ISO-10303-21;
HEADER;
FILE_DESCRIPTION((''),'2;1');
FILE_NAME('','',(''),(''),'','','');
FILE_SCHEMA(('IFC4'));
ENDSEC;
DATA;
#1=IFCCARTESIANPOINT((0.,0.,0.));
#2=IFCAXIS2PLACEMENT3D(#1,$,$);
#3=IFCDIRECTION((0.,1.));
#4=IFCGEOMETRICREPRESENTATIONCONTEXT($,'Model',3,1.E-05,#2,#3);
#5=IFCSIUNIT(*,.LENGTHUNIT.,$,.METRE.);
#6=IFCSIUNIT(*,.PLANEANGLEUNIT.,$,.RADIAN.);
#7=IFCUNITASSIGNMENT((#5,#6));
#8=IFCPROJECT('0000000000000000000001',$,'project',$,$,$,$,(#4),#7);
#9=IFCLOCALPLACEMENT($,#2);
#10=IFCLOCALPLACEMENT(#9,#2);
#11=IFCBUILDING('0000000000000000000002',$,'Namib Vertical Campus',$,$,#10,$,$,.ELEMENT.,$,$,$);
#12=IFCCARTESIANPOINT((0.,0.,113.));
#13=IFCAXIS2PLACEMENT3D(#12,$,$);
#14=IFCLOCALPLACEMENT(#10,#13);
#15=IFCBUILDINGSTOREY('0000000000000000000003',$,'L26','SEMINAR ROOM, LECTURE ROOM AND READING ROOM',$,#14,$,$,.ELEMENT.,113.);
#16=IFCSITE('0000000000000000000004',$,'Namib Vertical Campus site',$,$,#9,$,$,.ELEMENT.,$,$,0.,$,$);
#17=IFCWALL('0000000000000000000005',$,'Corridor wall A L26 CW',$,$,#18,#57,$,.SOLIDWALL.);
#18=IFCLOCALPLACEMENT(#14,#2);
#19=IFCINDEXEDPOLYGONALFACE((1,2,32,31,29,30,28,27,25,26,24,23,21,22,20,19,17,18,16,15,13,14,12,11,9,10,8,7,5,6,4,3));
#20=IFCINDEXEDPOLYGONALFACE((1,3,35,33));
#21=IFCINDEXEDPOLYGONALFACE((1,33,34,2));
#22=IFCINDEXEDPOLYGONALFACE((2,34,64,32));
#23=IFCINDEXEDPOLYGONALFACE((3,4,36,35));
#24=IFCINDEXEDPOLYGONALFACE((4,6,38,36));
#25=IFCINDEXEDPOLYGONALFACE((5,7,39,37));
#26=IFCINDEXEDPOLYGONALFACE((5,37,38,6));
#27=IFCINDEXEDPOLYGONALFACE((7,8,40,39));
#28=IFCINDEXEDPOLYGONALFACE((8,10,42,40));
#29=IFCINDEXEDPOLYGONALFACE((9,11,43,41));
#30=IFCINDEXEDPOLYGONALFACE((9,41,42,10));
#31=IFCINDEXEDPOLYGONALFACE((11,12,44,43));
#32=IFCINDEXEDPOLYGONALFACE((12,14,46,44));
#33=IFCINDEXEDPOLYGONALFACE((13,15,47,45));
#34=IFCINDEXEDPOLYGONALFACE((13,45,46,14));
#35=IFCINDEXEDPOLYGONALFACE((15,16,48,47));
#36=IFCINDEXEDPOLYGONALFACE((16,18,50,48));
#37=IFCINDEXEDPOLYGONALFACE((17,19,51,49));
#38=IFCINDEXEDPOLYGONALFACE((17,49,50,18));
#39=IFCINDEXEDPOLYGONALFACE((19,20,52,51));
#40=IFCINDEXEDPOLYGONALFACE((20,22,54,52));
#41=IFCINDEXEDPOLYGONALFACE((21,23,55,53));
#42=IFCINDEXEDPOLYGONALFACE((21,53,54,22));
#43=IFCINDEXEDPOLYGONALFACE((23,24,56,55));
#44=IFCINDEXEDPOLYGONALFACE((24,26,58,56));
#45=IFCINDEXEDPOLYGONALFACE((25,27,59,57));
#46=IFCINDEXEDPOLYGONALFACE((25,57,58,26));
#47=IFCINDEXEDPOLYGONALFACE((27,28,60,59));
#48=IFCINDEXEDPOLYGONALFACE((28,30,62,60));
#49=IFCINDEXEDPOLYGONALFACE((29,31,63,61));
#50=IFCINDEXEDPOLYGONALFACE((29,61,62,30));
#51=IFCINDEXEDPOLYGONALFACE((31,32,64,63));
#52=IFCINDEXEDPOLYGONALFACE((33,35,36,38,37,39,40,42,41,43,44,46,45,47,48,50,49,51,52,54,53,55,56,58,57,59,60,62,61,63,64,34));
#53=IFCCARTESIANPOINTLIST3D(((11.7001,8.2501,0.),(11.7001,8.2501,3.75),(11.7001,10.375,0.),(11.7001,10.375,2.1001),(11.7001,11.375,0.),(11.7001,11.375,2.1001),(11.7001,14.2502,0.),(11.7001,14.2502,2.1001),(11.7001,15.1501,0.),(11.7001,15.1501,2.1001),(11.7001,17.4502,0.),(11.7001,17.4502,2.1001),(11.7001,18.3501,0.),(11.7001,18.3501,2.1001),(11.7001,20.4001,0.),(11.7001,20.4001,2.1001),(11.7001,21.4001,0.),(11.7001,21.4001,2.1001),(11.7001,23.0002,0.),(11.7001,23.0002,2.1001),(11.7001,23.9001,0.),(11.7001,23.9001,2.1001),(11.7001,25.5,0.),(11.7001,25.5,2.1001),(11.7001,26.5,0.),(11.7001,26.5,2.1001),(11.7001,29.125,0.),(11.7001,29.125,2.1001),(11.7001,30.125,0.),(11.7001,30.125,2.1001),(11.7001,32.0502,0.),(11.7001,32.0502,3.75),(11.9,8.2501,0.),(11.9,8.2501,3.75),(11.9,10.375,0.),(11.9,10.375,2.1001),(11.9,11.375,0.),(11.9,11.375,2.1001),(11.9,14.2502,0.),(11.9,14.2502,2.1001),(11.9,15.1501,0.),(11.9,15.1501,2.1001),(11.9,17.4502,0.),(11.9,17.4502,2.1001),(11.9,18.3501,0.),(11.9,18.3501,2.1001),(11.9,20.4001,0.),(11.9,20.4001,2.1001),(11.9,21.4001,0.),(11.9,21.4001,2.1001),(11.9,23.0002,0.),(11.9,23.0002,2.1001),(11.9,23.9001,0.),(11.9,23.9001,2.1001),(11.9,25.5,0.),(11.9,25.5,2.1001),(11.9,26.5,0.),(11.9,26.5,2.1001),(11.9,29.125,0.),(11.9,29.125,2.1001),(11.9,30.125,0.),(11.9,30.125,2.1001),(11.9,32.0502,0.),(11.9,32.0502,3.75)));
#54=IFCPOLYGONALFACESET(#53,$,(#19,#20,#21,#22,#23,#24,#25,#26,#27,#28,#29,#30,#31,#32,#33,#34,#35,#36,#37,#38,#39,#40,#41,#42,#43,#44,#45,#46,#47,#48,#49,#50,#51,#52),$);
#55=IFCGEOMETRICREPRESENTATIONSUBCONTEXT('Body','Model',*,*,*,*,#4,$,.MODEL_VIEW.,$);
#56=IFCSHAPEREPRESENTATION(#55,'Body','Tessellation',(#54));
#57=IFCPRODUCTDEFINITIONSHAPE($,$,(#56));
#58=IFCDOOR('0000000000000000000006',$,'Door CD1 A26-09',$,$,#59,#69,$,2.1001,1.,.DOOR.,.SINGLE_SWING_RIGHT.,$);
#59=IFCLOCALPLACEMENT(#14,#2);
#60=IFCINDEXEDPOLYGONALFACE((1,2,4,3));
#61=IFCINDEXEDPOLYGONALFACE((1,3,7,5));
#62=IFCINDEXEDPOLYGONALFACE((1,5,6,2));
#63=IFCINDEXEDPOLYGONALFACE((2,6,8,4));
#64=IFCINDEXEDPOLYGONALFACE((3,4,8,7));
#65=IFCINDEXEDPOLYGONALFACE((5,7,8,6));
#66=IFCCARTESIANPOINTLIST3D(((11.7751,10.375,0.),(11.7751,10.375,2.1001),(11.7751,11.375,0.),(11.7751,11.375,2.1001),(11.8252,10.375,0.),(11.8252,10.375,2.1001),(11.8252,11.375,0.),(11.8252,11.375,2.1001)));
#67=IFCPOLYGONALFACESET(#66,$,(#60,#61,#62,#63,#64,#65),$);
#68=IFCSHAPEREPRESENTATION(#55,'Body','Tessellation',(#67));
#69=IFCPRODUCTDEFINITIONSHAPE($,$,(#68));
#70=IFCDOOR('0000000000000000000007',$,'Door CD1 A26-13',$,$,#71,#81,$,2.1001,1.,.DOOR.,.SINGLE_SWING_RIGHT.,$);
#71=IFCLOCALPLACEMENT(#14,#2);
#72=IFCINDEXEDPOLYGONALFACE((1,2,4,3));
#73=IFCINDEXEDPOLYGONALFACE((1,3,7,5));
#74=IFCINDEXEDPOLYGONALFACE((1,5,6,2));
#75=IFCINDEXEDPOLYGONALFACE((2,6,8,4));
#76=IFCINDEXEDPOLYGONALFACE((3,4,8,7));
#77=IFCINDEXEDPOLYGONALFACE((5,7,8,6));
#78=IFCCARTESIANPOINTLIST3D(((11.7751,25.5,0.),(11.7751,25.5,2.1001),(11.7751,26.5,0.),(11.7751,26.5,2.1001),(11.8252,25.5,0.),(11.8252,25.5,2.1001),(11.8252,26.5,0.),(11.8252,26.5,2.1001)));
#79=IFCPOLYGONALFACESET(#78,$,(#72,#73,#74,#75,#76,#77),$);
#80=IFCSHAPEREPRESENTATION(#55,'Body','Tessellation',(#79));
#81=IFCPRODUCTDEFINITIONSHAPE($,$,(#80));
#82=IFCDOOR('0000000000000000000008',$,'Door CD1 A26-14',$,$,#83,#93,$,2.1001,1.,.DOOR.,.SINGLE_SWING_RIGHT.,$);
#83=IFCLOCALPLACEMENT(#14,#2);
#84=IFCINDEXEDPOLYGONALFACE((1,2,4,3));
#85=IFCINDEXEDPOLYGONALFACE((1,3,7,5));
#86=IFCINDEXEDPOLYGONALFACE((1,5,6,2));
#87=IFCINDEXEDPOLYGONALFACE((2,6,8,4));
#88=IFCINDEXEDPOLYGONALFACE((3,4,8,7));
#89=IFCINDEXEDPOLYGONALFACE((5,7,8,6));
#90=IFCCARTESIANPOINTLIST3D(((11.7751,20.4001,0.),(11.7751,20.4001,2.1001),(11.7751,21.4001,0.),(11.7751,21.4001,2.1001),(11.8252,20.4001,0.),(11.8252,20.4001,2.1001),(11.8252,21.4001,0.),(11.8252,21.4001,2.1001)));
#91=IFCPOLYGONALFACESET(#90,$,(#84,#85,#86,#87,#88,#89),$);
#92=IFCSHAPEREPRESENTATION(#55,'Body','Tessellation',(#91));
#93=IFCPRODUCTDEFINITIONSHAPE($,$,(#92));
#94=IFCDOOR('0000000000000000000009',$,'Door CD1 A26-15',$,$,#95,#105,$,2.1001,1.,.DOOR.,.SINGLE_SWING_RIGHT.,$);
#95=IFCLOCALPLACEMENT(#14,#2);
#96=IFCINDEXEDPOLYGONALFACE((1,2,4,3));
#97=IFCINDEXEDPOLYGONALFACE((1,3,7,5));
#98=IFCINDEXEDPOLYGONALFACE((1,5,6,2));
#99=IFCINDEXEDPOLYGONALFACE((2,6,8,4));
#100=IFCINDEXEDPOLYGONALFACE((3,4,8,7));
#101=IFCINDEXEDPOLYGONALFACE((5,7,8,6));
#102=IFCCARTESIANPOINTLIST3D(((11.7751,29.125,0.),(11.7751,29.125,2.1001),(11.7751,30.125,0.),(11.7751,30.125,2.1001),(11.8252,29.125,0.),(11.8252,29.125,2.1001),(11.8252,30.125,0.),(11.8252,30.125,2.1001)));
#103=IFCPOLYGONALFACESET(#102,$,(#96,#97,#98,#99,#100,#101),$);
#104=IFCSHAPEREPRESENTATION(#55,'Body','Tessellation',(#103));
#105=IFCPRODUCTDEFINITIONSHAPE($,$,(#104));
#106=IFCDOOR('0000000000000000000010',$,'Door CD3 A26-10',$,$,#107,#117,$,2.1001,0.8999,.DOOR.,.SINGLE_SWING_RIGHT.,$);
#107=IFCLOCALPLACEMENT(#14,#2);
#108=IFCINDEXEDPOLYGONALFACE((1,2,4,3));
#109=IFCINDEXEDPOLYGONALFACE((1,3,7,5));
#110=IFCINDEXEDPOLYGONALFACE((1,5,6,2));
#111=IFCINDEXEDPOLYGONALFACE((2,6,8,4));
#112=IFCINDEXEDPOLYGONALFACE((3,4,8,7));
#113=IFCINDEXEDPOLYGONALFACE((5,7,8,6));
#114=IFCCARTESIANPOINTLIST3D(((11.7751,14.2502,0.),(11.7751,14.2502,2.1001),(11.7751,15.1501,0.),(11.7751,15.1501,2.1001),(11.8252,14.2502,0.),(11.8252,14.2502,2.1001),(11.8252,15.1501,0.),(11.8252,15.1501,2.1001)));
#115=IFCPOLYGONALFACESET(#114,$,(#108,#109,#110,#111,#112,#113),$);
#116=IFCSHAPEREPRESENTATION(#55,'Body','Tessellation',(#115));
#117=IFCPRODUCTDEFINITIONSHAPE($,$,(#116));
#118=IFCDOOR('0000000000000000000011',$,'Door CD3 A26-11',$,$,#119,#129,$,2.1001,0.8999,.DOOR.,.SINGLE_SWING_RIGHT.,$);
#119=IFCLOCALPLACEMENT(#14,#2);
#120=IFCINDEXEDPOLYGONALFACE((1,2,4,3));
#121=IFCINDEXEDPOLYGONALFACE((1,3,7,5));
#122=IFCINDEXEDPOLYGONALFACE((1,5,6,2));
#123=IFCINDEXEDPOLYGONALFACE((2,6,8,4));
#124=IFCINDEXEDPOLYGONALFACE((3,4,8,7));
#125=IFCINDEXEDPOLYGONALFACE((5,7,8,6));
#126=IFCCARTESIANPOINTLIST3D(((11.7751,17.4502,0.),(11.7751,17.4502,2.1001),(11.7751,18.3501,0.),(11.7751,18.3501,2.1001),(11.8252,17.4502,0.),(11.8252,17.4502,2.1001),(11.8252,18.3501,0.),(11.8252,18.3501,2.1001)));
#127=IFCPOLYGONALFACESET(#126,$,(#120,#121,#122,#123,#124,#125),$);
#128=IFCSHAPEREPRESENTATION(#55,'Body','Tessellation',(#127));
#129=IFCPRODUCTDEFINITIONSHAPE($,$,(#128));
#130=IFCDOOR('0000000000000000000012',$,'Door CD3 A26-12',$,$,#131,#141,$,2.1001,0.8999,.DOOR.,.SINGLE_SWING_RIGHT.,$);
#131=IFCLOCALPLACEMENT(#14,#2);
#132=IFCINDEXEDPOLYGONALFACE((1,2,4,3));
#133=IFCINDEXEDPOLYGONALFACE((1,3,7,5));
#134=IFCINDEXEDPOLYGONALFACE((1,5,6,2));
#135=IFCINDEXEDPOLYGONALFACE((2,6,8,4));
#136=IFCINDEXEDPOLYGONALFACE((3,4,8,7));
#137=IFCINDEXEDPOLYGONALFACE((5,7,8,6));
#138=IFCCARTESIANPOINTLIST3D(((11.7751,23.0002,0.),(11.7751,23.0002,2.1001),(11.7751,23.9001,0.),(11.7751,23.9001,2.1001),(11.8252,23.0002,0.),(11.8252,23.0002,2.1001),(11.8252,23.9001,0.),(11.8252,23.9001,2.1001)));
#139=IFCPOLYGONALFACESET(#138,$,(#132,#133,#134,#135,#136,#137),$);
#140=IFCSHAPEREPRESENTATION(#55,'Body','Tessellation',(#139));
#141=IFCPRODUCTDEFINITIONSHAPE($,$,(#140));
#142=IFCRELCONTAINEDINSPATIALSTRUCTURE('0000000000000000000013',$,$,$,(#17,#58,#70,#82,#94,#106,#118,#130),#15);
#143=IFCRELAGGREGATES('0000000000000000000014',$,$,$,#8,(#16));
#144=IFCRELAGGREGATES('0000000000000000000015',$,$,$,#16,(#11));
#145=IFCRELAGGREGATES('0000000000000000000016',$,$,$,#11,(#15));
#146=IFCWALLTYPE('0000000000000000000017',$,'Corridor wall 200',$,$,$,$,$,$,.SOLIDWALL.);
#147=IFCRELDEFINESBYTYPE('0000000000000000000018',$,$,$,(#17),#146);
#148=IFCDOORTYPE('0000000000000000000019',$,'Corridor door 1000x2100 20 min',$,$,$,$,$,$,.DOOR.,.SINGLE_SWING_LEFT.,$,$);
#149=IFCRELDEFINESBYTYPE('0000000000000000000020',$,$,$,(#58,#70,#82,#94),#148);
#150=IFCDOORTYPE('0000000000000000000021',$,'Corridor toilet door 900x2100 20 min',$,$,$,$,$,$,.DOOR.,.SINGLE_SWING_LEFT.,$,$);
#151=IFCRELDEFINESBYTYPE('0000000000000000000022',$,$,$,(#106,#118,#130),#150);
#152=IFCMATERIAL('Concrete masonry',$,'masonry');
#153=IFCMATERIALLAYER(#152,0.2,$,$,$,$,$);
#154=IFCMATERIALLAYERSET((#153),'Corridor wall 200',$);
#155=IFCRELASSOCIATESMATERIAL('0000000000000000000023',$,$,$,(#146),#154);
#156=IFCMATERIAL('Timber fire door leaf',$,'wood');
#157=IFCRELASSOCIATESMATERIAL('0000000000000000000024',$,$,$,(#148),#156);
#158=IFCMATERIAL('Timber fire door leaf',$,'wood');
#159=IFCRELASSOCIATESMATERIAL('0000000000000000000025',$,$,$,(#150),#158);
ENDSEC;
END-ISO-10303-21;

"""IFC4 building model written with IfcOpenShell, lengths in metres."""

from ifc_helpers import new_model, si_unit, direction, frame, frame_2d, origin, place, context, subcontext, project, spatial, rectangle, extrude, material, layer, layer_set, type_object, element, fill, save


model = new_model("IFC4")

# Units and contexts
model_context = context("Model", 3, precision=1e-05, world=origin(), true_north=direction((0.0, 1.0)))
body_context = subcontext(model_context, "Body", "Model", "MODEL_VIEW")
ifc_project = project(units=[si_unit("LENGTHUNIT", "METRE"), si_unit("PLANEANGLEUNIT", "RADIAN")], contexts=[model_context])

# Site, building, storey
site_placement = place(None, origin())
site = spatial("IfcSite", under=ifc_project, at=site_placement, Name="Namib Vertical Campus site", CompositionType="ELEMENT", RefElevation=0.0)
building_placement = place(site_placement, origin())
building = spatial("IfcBuilding", under=site, at=building_placement, Name="Namib Vertical Campus", CompositionType="ELEMENT")
storey_placement = place(building_placement, frame((0.0, 0.0, 113.0)))
storey = spatial("IfcBuildingStorey", under=building, at=storey_placement, Name="L26", Description="SEMINAR ROOM, LECTURE ROOM AND READING ROOM", CompositionType="ELEMENT", Elevation=113.0)

# Wall, openings, doors
ifc_material_1 = material(Name="Concrete masonry", Category="masonry")
ifc_layer_1 = layer(ifc_material_1, 0.2)
ifc_layer_set_1 = layer_set([ifc_layer_1], Name="Corridor wall 200")
wall_type_1 = type_object("IfcWallType", Name="Corridor wall 200", PredefinedType="SOLIDWALL", material=ifc_layer_set_1)
wall_1_placement = place(storey_placement, frame((11.8, 32.05, 0.0), z_axis=(0.0, 0.0, 1.0), x_axis=(0.0, -1.0, 0.0)))
wall_1 = element("IfcWall", 1, at=wall_1_placement, inside=storey, type_object=wall_type_1, Name="Corridor wall A L26 CW", PredefinedType="SOLIDWALL", context=body_context, shape_type="SweptSolid", body=[
    extrude(rectangle(XDim=23.8, YDim=0.2, at=frame_2d((11.8999, 0.0))), origin(), (0.0, 0.0, 1.0), 3.75),
])
opening_1_placement = place(wall_1_placement, frame((20.675, 0.0, 0.0)))
opening_1 = element("IfcOpeningElement", 2, at=opening_1_placement, cuts=wall_1, PredefinedType="OPENING", context=body_context, shape_type="SweptSolid", body=[
    extrude(rectangle(XDim=1.0, YDim=2.1001, at=frame_2d((0.5, 1.05))), frame((0.0, 0.1099, 0.0), z_axis=(0.0, -1.0, 0.0), x_axis=(1.0, 0.0, 0.0)), (0.0, 0.0, 1.0), 0.22),
])
opening_2_placement = place(wall_1_placement, frame((16.8999, 0.0, 0.0)))
opening_2 = element("IfcOpeningElement", 3, at=opening_2_placement, cuts=wall_1, PredefinedType="OPENING", context=body_context, shape_type="SweptSolid", body=[
    extrude(rectangle(XDim=0.8999, YDim=2.1001, at=frame_2d((0.45, 1.05))), frame((0.0, 0.1099, 0.0), z_axis=(0.0, -1.0, 0.0), x_axis=(1.0, 0.0, 0.0)), (0.0, 0.0, 1.0), 0.22),
])
opening_3_placement = place(wall_1_placement, frame((13.7, 0.0, 0.0)))
opening_3 = element("IfcOpeningElement", 4, at=opening_3_placement, cuts=wall_1, PredefinedType="OPENING", context=body_context, shape_type="SweptSolid", body=[
    extrude(rectangle(XDim=0.8999, YDim=2.1001, at=frame_2d((0.45, 1.05))), frame((0.0, 0.1099, 0.0), z_axis=(0.0, -1.0, 0.0), x_axis=(1.0, 0.0, 0.0)), (0.0, 0.0, 1.0), 0.22),
])
opening_4_placement = place(wall_1_placement, frame((8.1499, 0.0, 0.0)))
opening_4 = element("IfcOpeningElement", 5, at=opening_4_placement, cuts=wall_1, PredefinedType="OPENING", context=body_context, shape_type="SweptSolid", body=[
    extrude(rectangle(XDim=0.8999, YDim=2.1001, at=frame_2d((0.45, 1.05))), frame((0.0, 0.1099, 0.0), z_axis=(0.0, -1.0, 0.0), x_axis=(1.0, 0.0, 0.0)), (0.0, 0.0, 1.0), 0.22),
])
opening_5_placement = place(wall_1_placement, frame((5.55, 0.0, 0.0)))
opening_5 = element("IfcOpeningElement", 6, at=opening_5_placement, cuts=wall_1, PredefinedType="OPENING", context=body_context, shape_type="SweptSolid", body=[
    extrude(rectangle(XDim=1.0, YDim=2.1001, at=frame_2d((0.5, 1.05))), frame((0.0, 0.1099, 0.0), z_axis=(0.0, -1.0, 0.0), x_axis=(1.0, 0.0, 0.0)), (0.0, 0.0, 1.0), 0.22),
])
opening_6_placement = place(wall_1_placement, frame((10.6499, 0.0, 0.0)))
opening_6 = element("IfcOpeningElement", 7, at=opening_6_placement, cuts=wall_1, PredefinedType="OPENING", context=body_context, shape_type="SweptSolid", body=[
    extrude(rectangle(XDim=1.0, YDim=2.1001, at=frame_2d((0.5, 1.05))), frame((0.0, 0.1099, 0.0), z_axis=(0.0, -1.0, 0.0), x_axis=(1.0, 0.0, 0.0)), (0.0, 0.0, 1.0), 0.22),
])
opening_7_placement = place(wall_1_placement, frame((1.925, 0.0, 0.0)))
opening_7 = element("IfcOpeningElement", 8, at=opening_7_placement, cuts=wall_1, PredefinedType="OPENING", context=body_context, shape_type="SweptSolid", body=[
    extrude(rectangle(XDim=1.0, YDim=2.1001, at=frame_2d((0.5, 1.05))), frame((0.0, 0.1099, 0.0), z_axis=(0.0, -1.0, 0.0), x_axis=(1.0, 0.0, 0.0)), (0.0, 0.0, 1.0), 0.22),
])
ifc_material_2 = material(Name="Timber fire door leaf", Category="wood")
door_type_1 = type_object("IfcDoorType", Name="Corridor door 1000x2100 20 min", OperationType="SINGLE_SWING_LEFT", PredefinedType="DOOR", material=ifc_material_2)
door_1_placement = place(opening_1_placement, frame((1.0, 0.0, 0.0), z_axis=(0.0, 0.0, 1.0), x_axis=(-1.0, 0.0, 0.0)))
door_1 = element("IfcDoor", 9, at=door_1_placement, inside=storey, type_object=door_type_1, Name="Door CD1 A26-09", OperationType="SINGLE_SWING_RIGHT", OverallHeight=2.1001, OverallWidth=1.0, PredefinedType="DOOR", context=body_context, shape_type="SweptSolid", body=[
    extrude(rectangle(XDim=1.0, YDim=2.1001, at=frame_2d((0.5, 1.05))), frame((0.0, 0.0249, 0.0), z_axis=(0.0, -1.0, 0.0), x_axis=(1.0, 0.0, 0.0)), (0.0, 0.0, 1.0), 0.05),
])
fill(opening_1, door_1)
door_2_placement = place(opening_5_placement, frame((1.0, 0.0, 0.0), z_axis=(0.0, 0.0, 1.0), x_axis=(-1.0, 0.0, 0.0)))
door_2 = element("IfcDoor", 10, at=door_2_placement, inside=storey, type_object=door_type_1, Name="Door CD1 A26-13", OperationType="SINGLE_SWING_RIGHT", OverallHeight=2.1001, OverallWidth=1.0, PredefinedType="DOOR", context=body_context, shape_type="SweptSolid", body=[
    extrude(rectangle(XDim=1.0, YDim=2.1001, at=frame_2d((0.5, 1.05))), frame((0.0, 0.0249, 0.0), z_axis=(0.0, -1.0, 0.0), x_axis=(1.0, 0.0, 0.0)), (0.0, 0.0, 1.0), 0.05),
])
fill(opening_5, door_2)
door_3_placement = place(opening_6_placement, frame((1.0, 0.0, 0.0), z_axis=(0.0, 0.0, 1.0), x_axis=(-1.0, 0.0, 0.0)))
door_3 = element("IfcDoor", 11, at=door_3_placement, inside=storey, type_object=door_type_1, Name="Door CD1 A26-14", OperationType="SINGLE_SWING_RIGHT", OverallHeight=2.1001, OverallWidth=1.0, PredefinedType="DOOR", context=body_context, shape_type="SweptSolid", body=[
    extrude(rectangle(XDim=1.0, YDim=2.1001, at=frame_2d((0.5, 1.05))), frame((0.0, 0.0249, 0.0), z_axis=(0.0, -1.0, 0.0), x_axis=(1.0, 0.0, 0.0)), (0.0, 0.0, 1.0), 0.05),
])
fill(opening_6, door_3)
door_4_placement = place(opening_7_placement, frame((1.0, 0.0, 0.0), z_axis=(0.0, 0.0, 1.0), x_axis=(-1.0, 0.0, 0.0)))
door_4 = element("IfcDoor", 12, at=door_4_placement, inside=storey, type_object=door_type_1, Name="Door CD1 A26-15", OperationType="SINGLE_SWING_RIGHT", OverallHeight=2.1001, OverallWidth=1.0, PredefinedType="DOOR", context=body_context, shape_type="SweptSolid", body=[
    extrude(rectangle(XDim=1.0, YDim=2.1001, at=frame_2d((0.5, 1.05))), frame((0.0, 0.0249, 0.0), z_axis=(0.0, -1.0, 0.0), x_axis=(1.0, 0.0, 0.0)), (0.0, 0.0, 1.0), 0.05),
])
fill(opening_7, door_4)
ifc_material_3 = material(Name="Timber fire door leaf", Category="wood")
door_type_2 = type_object("IfcDoorType", Name="Corridor toilet door 900x2100 20 min", OperationType="SINGLE_SWING_LEFT", PredefinedType="DOOR", material=ifc_material_3)
door_5_placement = place(opening_2_placement, frame((0.8999, 0.0, 0.0), z_axis=(0.0, 0.0, 1.0), x_axis=(-1.0, 0.0, 0.0)))
door_5 = element("IfcDoor", 13, at=door_5_placement, inside=storey, type_object=door_type_2, Name="Door CD3 A26-10", OperationType="SINGLE_SWING_RIGHT", OverallHeight=2.1001, OverallWidth=0.8999, PredefinedType="DOOR", context=body_context, shape_type="SweptSolid", body=[
    extrude(rectangle(XDim=0.8999, YDim=2.1001, at=frame_2d((0.45, 1.05))), frame((0.0, 0.0249, 0.0), z_axis=(0.0, -1.0, 0.0), x_axis=(1.0, 0.0, 0.0)), (0.0, 0.0, 1.0), 0.05),
])
fill(opening_2, door_5)
door_6_placement = place(opening_3_placement, frame((0.8999, 0.0, 0.0), z_axis=(0.0, 0.0, 1.0), x_axis=(-1.0, 0.0, 0.0)))
door_6 = element("IfcDoor", 14, at=door_6_placement, inside=storey, type_object=door_type_2, Name="Door CD3 A26-11", OperationType="SINGLE_SWING_RIGHT", OverallHeight=2.1001, OverallWidth=0.8999, PredefinedType="DOOR", context=body_context, shape_type="SweptSolid", body=[
    extrude(rectangle(XDim=0.8999, YDim=2.1001, at=frame_2d((0.45, 1.05))), frame((0.0, 0.0249, 0.0), z_axis=(0.0, -1.0, 0.0), x_axis=(1.0, 0.0, 0.0)), (0.0, 0.0, 1.0), 0.05),
])
fill(opening_3, door_6)
door_7_placement = place(opening_4_placement, frame((0.8999, 0.0, 0.0), z_axis=(0.0, 0.0, 1.0), x_axis=(-1.0, 0.0, 0.0)))
door_7 = element("IfcDoor", 15, at=door_7_placement, inside=storey, type_object=door_type_2, Name="Door CD3 A26-12", OperationType="SINGLE_SWING_RIGHT", OverallHeight=2.1001, OverallWidth=0.8999, PredefinedType="DOOR", context=body_context, shape_type="SweptSolid", body=[
    extrude(rectangle(XDim=0.8999, YDim=2.1001, at=frame_2d((0.45, 1.05))), frame((0.0, 0.0249, 0.0), z_axis=(0.0, -1.0, 0.0), x_axis=(1.0, 0.0, 0.0)), (0.0, 0.0, 1.0), 0.05),
])
fill(opening_4, door_7)

save(model, "model.ifc")
